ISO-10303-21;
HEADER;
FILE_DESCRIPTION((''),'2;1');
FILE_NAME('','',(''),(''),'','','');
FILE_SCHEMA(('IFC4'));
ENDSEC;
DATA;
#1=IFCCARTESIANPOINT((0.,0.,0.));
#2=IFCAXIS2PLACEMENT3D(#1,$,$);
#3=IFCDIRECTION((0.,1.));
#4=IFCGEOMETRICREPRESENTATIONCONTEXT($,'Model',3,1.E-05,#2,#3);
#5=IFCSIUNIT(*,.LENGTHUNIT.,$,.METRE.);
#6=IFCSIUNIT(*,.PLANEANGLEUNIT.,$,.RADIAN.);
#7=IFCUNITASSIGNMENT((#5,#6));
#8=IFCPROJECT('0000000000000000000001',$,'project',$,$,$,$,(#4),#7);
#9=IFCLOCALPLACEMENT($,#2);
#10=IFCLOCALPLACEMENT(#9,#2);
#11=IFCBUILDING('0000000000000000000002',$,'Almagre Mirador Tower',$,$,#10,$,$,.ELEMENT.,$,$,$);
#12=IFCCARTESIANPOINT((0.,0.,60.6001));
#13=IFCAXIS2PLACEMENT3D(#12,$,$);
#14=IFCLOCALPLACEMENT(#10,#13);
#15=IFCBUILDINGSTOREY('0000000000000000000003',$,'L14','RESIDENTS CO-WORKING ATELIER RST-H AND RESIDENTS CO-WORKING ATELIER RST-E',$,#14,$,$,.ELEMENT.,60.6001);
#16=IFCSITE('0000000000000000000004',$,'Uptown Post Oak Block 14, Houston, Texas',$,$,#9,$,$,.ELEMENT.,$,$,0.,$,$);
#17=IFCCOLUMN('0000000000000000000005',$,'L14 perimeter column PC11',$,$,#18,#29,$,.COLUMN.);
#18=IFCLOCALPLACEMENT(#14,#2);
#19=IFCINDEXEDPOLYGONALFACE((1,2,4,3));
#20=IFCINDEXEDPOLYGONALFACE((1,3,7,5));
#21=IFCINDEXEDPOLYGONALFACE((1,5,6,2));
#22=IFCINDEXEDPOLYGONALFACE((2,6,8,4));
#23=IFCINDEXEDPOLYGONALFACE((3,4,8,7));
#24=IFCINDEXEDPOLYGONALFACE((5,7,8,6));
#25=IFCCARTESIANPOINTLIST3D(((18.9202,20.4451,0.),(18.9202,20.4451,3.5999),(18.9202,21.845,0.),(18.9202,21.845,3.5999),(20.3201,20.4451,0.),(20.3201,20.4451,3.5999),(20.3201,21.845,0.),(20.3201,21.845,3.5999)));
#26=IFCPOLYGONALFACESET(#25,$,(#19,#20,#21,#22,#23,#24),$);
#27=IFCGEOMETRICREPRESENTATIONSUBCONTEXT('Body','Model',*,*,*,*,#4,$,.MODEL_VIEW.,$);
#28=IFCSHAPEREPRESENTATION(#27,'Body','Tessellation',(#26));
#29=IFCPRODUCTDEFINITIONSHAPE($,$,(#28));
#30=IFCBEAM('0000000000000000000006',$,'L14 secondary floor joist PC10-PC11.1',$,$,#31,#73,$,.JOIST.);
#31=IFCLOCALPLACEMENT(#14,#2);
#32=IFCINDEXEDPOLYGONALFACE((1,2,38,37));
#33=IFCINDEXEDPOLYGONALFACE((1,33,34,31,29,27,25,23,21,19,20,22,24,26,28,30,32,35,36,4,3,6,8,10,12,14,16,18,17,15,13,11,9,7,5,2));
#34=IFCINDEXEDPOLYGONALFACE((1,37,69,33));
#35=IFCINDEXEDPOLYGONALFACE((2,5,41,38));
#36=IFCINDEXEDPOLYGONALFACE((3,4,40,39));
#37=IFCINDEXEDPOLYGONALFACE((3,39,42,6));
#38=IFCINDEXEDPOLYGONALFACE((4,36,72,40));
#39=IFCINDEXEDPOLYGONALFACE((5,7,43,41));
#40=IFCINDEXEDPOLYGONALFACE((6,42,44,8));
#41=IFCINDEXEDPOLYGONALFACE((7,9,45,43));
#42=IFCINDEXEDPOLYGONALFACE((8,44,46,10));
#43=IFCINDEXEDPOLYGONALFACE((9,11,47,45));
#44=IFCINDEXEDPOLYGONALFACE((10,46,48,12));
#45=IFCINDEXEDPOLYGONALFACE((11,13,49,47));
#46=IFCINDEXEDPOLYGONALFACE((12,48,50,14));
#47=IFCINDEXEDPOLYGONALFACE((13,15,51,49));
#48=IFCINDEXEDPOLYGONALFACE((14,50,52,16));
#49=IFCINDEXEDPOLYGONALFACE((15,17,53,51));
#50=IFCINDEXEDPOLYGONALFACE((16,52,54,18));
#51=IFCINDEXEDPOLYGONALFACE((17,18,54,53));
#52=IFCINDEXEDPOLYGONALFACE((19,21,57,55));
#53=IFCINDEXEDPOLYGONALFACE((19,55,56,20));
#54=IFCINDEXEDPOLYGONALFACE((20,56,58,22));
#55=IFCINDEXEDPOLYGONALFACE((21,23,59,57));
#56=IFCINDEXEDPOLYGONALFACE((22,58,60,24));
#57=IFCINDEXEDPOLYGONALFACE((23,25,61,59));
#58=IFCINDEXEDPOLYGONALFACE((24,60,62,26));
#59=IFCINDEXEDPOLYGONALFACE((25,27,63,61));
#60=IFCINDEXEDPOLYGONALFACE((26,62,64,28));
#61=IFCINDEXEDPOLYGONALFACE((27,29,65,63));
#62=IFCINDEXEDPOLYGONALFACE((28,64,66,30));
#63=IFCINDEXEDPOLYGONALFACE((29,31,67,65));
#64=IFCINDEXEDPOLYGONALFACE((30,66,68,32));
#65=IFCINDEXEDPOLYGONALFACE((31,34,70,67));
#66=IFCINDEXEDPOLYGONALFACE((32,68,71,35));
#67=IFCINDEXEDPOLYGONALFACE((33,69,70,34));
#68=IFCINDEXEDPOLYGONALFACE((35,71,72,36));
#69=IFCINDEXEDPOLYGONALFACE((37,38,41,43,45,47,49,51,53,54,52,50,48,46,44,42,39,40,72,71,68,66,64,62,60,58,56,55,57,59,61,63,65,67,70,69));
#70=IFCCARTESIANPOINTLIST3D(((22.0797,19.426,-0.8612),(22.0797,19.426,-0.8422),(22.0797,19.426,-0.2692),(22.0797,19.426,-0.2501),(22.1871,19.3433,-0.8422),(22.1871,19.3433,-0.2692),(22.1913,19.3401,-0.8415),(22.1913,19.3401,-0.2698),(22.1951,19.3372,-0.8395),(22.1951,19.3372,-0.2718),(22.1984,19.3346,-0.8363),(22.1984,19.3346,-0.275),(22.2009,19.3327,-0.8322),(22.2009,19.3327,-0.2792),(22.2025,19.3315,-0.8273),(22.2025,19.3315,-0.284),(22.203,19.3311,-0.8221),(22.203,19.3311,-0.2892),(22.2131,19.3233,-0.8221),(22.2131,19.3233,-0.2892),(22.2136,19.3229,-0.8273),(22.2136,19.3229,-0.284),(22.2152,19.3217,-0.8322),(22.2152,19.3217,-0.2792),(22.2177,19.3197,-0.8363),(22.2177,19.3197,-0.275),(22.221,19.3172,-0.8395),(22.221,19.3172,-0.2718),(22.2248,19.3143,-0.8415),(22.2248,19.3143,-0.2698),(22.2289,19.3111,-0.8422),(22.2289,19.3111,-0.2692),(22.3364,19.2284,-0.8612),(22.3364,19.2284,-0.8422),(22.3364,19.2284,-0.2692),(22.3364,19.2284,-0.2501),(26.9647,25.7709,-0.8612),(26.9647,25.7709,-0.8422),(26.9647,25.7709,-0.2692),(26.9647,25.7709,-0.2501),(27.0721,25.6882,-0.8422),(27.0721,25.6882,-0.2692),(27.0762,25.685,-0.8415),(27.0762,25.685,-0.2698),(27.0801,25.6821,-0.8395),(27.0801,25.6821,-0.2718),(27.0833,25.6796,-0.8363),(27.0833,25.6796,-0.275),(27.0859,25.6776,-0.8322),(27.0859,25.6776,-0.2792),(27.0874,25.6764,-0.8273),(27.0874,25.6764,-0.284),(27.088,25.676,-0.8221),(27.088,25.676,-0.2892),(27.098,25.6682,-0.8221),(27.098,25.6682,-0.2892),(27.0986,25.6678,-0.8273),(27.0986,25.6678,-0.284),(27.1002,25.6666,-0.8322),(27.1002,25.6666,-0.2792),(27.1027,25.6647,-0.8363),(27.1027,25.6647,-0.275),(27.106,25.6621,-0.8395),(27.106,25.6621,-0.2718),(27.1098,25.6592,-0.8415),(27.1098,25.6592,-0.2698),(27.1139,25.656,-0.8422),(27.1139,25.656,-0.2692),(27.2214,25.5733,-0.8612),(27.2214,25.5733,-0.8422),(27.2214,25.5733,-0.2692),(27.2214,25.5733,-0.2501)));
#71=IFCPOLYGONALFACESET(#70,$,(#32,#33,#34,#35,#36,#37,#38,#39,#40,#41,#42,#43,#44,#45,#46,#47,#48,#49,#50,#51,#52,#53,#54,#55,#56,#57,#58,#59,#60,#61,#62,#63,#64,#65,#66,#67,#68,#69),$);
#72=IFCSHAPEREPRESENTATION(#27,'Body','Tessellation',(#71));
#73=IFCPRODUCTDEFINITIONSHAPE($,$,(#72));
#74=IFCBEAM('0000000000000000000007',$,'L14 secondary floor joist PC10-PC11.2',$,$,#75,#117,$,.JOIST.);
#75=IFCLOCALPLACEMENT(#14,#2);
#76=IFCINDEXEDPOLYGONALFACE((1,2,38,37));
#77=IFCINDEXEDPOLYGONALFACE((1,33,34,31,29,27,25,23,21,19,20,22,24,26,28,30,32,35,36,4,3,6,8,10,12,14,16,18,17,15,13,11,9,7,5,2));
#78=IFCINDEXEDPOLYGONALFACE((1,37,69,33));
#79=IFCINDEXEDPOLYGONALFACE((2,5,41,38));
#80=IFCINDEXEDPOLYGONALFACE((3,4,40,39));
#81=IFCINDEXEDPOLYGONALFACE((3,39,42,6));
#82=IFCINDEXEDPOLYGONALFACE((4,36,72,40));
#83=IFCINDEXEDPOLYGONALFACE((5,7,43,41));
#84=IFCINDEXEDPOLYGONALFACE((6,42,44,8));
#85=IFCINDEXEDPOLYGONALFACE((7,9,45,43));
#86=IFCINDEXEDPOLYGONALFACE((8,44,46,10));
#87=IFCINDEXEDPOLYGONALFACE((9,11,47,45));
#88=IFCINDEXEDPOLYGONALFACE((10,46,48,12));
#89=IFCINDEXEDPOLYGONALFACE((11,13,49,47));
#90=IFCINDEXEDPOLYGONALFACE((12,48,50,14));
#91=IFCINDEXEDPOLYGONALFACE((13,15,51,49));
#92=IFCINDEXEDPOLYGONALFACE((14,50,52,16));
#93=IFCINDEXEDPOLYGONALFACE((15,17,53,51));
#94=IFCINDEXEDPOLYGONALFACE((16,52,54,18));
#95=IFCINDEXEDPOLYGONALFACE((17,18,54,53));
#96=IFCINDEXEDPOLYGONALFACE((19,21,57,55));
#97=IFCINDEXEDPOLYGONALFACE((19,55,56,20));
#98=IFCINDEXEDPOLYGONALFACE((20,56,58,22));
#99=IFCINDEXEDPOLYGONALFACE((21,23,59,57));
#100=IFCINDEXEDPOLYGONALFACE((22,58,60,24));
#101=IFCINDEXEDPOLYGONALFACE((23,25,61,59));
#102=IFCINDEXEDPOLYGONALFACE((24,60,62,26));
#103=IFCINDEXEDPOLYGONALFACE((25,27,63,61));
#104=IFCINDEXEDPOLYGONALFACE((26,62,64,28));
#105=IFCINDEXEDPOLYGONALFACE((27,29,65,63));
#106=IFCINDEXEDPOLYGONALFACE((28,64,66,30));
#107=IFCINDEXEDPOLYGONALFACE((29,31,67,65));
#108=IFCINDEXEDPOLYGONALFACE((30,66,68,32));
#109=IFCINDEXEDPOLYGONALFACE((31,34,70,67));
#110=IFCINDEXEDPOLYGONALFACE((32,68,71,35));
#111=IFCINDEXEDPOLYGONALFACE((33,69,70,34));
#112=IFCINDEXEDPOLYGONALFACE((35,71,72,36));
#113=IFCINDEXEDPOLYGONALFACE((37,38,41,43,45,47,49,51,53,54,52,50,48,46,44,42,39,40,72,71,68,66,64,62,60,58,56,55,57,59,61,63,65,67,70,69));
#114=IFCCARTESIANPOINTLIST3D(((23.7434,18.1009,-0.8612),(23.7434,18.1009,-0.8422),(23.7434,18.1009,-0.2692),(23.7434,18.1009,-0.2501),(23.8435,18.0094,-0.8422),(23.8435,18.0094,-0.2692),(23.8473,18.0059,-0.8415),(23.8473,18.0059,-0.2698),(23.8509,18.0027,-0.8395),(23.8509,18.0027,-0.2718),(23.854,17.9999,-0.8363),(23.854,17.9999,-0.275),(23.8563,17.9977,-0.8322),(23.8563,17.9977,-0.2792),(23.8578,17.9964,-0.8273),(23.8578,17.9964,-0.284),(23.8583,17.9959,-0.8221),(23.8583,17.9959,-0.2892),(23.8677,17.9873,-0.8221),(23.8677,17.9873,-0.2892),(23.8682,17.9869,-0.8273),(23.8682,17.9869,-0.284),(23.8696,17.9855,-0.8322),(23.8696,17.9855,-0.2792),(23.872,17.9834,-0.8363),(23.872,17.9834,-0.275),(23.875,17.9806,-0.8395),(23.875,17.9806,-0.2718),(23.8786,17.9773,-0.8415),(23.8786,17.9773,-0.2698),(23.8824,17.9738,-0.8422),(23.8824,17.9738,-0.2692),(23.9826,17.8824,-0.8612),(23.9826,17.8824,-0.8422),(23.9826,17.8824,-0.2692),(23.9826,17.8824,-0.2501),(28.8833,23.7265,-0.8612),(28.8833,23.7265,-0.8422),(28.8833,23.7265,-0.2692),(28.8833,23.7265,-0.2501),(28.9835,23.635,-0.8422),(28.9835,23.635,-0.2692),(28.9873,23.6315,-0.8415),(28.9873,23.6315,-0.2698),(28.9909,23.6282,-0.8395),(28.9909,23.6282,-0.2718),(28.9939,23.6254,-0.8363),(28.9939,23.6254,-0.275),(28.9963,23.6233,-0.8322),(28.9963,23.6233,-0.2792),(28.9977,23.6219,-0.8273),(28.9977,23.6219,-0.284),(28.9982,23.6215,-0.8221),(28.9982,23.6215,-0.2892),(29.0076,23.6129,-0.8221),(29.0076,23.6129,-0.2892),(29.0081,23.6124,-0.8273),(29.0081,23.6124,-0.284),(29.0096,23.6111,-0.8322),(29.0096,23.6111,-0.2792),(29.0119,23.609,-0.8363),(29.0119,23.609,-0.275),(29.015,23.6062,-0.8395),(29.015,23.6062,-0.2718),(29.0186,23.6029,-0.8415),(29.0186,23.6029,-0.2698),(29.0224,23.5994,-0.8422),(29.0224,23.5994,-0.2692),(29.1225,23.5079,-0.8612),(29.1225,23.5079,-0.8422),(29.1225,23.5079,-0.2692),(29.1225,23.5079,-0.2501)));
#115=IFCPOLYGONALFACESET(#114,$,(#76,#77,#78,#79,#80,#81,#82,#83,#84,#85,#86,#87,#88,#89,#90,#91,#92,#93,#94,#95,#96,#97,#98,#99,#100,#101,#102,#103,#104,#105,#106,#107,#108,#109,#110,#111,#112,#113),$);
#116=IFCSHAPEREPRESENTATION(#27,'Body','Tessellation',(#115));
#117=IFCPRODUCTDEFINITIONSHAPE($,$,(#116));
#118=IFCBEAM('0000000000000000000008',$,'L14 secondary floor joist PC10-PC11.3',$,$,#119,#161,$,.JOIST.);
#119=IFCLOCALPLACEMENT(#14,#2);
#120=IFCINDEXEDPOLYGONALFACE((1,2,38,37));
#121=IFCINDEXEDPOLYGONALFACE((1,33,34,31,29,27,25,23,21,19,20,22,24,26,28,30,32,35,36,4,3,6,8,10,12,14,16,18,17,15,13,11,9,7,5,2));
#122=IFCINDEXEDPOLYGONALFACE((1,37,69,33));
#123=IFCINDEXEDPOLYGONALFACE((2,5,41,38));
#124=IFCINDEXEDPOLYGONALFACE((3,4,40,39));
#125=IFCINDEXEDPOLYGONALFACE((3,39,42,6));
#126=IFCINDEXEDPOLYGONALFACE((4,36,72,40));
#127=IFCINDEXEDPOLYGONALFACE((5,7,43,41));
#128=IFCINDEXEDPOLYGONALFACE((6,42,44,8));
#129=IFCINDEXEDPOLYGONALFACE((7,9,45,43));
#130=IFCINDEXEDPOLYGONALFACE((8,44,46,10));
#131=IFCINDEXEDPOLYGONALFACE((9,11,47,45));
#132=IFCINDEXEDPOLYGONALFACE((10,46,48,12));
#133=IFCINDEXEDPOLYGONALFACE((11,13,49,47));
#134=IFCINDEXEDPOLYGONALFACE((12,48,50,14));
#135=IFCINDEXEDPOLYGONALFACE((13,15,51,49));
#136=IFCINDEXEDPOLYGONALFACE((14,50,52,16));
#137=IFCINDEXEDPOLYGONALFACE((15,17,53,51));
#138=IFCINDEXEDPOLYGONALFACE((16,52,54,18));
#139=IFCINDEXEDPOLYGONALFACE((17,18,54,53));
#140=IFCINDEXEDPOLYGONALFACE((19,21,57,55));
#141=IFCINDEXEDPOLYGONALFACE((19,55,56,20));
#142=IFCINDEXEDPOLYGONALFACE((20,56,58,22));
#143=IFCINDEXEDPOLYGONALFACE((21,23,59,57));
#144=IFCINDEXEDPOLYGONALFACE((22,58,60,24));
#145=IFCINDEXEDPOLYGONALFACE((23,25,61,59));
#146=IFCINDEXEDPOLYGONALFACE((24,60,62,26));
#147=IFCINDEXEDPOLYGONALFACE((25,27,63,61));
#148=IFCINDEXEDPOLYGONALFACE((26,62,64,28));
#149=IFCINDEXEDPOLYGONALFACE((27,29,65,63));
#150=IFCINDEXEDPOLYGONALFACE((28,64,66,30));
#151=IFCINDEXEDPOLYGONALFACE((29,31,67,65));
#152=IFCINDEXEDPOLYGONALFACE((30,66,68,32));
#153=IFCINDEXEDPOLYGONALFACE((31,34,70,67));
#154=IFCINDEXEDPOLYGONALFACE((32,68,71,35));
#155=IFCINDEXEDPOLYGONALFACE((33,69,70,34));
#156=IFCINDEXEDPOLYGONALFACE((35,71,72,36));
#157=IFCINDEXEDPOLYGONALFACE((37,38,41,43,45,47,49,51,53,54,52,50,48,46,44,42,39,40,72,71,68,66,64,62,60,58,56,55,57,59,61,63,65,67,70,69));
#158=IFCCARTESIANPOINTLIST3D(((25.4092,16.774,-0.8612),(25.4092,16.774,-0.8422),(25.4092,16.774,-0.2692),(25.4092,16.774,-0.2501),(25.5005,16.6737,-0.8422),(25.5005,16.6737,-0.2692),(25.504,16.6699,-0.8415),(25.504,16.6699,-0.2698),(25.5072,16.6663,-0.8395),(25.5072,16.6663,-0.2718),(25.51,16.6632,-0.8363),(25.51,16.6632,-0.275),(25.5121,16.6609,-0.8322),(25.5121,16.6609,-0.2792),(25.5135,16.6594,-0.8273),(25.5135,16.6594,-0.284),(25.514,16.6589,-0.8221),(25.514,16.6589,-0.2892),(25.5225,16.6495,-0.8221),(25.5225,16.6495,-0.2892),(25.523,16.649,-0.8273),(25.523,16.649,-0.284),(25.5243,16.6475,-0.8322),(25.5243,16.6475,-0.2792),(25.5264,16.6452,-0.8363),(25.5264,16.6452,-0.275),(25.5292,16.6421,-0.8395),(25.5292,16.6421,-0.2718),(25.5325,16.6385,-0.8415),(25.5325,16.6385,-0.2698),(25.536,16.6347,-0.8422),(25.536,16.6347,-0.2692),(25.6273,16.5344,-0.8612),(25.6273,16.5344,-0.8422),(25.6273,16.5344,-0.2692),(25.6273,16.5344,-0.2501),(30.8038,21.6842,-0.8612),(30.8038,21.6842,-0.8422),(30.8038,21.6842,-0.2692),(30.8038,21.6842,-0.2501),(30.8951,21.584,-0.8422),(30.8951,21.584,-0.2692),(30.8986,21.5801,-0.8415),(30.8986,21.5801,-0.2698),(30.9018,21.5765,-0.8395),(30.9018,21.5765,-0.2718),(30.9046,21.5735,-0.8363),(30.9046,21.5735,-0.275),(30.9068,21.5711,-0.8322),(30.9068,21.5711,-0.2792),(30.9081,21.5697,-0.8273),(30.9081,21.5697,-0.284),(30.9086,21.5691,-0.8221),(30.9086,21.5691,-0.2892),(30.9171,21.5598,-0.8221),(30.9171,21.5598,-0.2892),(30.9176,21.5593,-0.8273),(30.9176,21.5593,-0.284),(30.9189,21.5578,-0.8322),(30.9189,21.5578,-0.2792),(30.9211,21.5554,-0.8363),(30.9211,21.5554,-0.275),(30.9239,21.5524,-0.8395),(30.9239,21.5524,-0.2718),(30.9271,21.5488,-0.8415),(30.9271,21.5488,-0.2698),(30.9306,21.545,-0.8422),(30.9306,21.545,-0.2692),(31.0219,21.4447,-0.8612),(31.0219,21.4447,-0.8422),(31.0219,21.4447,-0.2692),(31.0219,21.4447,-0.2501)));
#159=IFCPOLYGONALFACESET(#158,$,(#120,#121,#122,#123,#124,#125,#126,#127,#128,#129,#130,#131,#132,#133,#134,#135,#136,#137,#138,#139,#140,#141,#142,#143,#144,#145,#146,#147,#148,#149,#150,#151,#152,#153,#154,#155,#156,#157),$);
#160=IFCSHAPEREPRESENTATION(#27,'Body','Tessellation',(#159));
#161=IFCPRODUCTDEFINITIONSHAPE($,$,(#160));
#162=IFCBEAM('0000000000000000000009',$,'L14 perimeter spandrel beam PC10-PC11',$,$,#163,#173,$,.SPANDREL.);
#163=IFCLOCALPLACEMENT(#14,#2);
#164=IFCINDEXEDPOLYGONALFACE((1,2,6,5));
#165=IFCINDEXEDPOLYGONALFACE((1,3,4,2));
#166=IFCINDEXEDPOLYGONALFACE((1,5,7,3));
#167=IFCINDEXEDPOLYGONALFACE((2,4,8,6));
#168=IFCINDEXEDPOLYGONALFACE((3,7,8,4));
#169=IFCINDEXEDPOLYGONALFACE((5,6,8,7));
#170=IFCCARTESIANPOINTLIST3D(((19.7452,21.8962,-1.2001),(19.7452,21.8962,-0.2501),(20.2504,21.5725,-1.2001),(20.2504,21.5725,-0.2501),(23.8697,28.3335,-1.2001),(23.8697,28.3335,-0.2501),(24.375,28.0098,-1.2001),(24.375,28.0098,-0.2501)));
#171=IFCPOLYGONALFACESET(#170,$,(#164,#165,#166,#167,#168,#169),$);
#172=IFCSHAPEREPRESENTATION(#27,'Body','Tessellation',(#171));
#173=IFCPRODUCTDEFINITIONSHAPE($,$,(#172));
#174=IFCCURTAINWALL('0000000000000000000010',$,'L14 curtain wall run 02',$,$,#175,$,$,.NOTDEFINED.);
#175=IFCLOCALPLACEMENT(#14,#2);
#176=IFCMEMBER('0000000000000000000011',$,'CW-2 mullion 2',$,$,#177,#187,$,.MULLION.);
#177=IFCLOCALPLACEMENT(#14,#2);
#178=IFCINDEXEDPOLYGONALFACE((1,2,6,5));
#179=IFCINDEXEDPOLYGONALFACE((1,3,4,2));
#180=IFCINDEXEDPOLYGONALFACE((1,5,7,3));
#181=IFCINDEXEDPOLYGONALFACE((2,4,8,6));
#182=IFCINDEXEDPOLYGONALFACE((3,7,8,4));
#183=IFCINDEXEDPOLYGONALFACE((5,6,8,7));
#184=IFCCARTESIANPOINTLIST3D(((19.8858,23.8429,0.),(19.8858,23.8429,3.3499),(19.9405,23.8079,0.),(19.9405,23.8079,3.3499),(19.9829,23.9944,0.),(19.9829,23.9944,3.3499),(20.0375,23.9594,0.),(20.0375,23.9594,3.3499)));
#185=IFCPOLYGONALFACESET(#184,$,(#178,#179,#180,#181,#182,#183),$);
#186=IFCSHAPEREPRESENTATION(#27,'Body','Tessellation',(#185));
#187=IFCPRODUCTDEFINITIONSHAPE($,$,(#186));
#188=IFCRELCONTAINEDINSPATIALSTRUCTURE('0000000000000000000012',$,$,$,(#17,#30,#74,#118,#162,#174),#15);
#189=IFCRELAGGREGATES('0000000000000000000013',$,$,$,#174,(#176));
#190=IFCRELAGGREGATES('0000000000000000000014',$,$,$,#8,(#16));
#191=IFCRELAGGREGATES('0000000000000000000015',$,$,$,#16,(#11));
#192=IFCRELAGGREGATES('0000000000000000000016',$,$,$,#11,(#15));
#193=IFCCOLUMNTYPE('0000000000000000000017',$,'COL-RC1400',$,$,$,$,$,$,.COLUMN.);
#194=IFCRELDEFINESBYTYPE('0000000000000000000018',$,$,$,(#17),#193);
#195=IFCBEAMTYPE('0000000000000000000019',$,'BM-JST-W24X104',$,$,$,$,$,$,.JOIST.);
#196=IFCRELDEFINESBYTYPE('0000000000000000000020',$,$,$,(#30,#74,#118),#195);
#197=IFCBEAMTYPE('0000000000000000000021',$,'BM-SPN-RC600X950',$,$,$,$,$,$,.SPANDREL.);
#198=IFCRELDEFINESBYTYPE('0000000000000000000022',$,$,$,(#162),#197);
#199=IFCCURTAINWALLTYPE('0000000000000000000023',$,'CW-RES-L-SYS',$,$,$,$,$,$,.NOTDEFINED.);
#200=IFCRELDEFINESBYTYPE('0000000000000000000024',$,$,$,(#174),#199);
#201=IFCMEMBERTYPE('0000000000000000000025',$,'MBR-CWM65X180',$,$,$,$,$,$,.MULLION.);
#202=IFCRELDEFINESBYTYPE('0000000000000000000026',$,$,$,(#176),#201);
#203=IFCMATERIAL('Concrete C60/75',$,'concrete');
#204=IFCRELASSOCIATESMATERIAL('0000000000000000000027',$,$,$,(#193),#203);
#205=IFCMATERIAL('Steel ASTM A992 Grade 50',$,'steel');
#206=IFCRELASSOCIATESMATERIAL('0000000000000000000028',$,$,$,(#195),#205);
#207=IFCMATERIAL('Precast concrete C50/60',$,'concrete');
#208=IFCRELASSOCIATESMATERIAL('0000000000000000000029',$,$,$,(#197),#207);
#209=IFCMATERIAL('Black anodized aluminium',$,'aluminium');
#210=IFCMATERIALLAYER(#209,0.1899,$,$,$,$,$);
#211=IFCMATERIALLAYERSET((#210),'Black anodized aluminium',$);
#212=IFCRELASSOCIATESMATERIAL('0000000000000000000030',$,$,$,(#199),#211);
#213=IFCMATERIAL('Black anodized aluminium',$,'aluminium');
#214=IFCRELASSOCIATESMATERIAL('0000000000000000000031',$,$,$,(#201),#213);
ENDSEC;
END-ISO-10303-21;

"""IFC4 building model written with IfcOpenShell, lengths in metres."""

from ifc_helpers import new_model, si_unit, direction, frame, origin, origin_2d, place, context, subcontext, project, spatial, rectangle, i_section, extrude, material, layer, layer_set, material_profile, profile_set, type_object, element, aggregate, save


model = new_model("IFC4")

# Units and contexts
model_context = context("Model", 3, precision=1e-05, world=origin(), true_north=direction((0.0, 1.0)))
body_context = subcontext(model_context, "Body", "Model", "MODEL_VIEW")
ifc_project = project(units=[si_unit("LENGTHUNIT", "METRE"), si_unit("PLANEANGLEUNIT", "RADIAN")], contexts=[model_context])

# Site, building, storey
site_placement = place(None, origin())
site = spatial("IfcSite", under=ifc_project, at=site_placement, Name="Uptown Post Oak Block 14, Houston, Texas", CompositionType="ELEMENT", RefElevation=0.0)
building_placement = place(site_placement, origin())
building = spatial("IfcBuilding", under=site, at=building_placement, Name="Almagre Mirador Tower", CompositionType="ELEMENT")
storey_placement = place(building_placement, frame((0.0, 0.0, 60.6001)))
storey = spatial("IfcBuildingStorey", under=building, at=storey_placement, Name="L14", Description="RESIDENTS CO-WORKING ATELIER RST-H AND RESIDENTS CO-WORKING ATELIER RST-E", CompositionType="ELEMENT", Elevation=60.6001)

# Column
ifc_material_1 = material(Name="Concrete C60/75", Category="concrete")
ifc_material_profile_1 = material_profile(ifc_material_1, rectangle(XDim=1.3999, YDim=1.3999, at=origin_2d()), Name="RC1400X1400")
ifc_profile_set_1 = profile_set([ifc_material_profile_1], Name="Concrete C60/75")
column_type = type_object("IfcColumnType", Name="COL-RC1400", PredefinedType="COLUMN", material=ifc_profile_set_1)
column_placement = place(storey_placement, frame((19.6201, 21.145, 0.0), z_axis=(0.0, 0.0, 1.0), x_axis=(1.0, 0.0, 0.0)))
element("IfcColumn", 1, at=column_placement, inside=storey, type_object=column_type, Name="L14 perimeter column PC11", PredefinedType="COLUMN", context=body_context, shape_type="SweptSolid", body=[
    extrude(rectangle(XDim=1.3999, YDim=1.3999, at=origin_2d()), origin(), (0.0, 0.0, 1.0), 3.5999),
])

# Beams
ifc_material_2 = material(Name="Steel ASTM A992 Grade 50", Category="steel")
ifc_material_profile_2 = material_profile(ifc_material_2, i_section(OverallWidth=0.324, OverallDepth=0.6111, WebThickness=0.0127, FlangeThickness=0.019, FilletRadius=0.02, at=origin_2d()), Name="W24X104")
ifc_profile_set_2 = profile_set([ifc_material_profile_2], Name="Steel ASTM A992 Grade 50")
beam_type_1 = type_object("IfcBeamType", Name="BM-JST-W24X104", PredefinedType="JOIST", material=ifc_profile_set_2)
beam_1_placement = place(storey_placement, frame((27.093, 25.6721, -0.5557), z_axis=(-0.610045, -0.792367, 0.0), x_axis=(0.792367, -0.610045, 0.0)))
element("IfcBeam", 2, at=beam_1_placement, inside=storey, type_object=beam_type_1, Name="L14 secondary floor joist PC10-PC11.1", PredefinedType="JOIST", context=body_context, shape_type="SweptSolid", body=[
    extrude(i_section(OverallWidth=0.324, OverallDepth=0.6111, WebThickness=0.0127, FlangeThickness=0.019, FilletRadius=0.02, at=origin_2d()), origin(), (0.0, 0.0, 1.0), 8.0076),
])
beam_2_placement = place(storey_placement, frame((29.0029, 23.6172, -0.5557), z_axis=(-0.674525, -0.738252, 0.0), x_axis=(0.738252, -0.674525, 0.0)))
element("IfcBeam", 3, at=beam_2_placement, inside=storey, type_object=beam_type_1, Name="L14 secondary floor joist PC10-PC11.2", PredefinedType="JOIST", context=body_context, shape_type="SweptSolid", body=[
    extrude(i_section(OverallWidth=0.324, OverallDepth=0.6111, WebThickness=0.0127, FlangeThickness=0.019, FilletRadius=0.02, at=origin_2d()), origin(), (0.0, 0.0, 1.0), 7.6201),
])
beam_3_placement = place(storey_placement, frame((30.9128, 21.5645, -0.5557), z_axis=(-0.739528, -0.673126, 0.0), x_axis=(0.673126, -0.739528, 0.0)))
element("IfcBeam", 4, at=beam_3_placement, inside=storey, type_object=beam_type_1, Name="L14 secondary floor joist PC10-PC11.3", PredefinedType="JOIST", context=body_context, shape_type="SweptSolid", body=[
    extrude(i_section(OverallWidth=0.324, OverallDepth=0.6111, WebThickness=0.0127, FlangeThickness=0.019, FilletRadius=0.02, at=origin_2d()), origin(), (0.0, 0.0, 1.0), 7.2947),
])
ifc_material_3 = material(Name="Precast concrete C50/60", Category="concrete")
ifc_material_profile_3 = material_profile(ifc_material_3, rectangle(XDim=0.6001, YDim=0.95, at=origin_2d()), Name="RC600X950")
ifc_profile_set_3 = profile_set([ifc_material_profile_3], Name="Precast concrete C50/60")
beam_type_2 = type_object("IfcBeamType", Name="BM-SPN-RC600X950", PredefinedType="SPANDREL", material=ifc_profile_set_3)
beam_4_placement = place(storey_placement, frame((24.1223, 28.1716, -0.7251), z_axis=(-0.539487, -0.841994, 0.0), x_axis=(0.841994, -0.539487, 0.0)))
element("IfcBeam", 5, at=beam_4_placement, inside=storey, type_object=beam_type_2, Name="L14 perimeter spandrel beam PC10-PC11", PredefinedType="SPANDREL", context=body_context, shape_type="SweptSolid", body=[
    extrude(rectangle(XDim=0.6001, YDim=0.95, at=origin_2d()), origin(), (0.0, 0.0, 1.0), 7.6453),
])

# Curtain wall, member
ifc_material_4 = material(Name="Black anodized aluminium", Category="aluminium")
ifc_layer_1 = layer(ifc_material_4, 0.1899)
ifc_layer_set_1 = layer_set([ifc_layer_1], Name="Black anodized aluminium")
curtain_wall_type = type_object("IfcCurtainWallType", Name="CW-RES-L-SYS", PredefinedType="NOTDEFINED", material=ifc_layer_set_1)
curtain_wall_placement = place(storey_placement, origin())
curtain_wall = element("IfcCurtainWall", 6, at=curtain_wall_placement, inside=storey, type_object=curtain_wall_type, Name="L14 curtain wall run 02", PredefinedType="NOTDEFINED")
ifc_material_5 = material(Name="Black anodized aluminium", Category="aluminium")
ifc_material_profile_4 = material_profile(ifc_material_5, rectangle(XDim=0.0649, YDim=0.1799, at=origin_2d()), Name="CWM65X180")
ifc_profile_set_4 = profile_set([ifc_material_profile_4], Name="Black anodized aluminium")
member_type_1 = type_object("IfcMemberType", Name="MBR-CWM65X180", PredefinedType="MULLION", material=ifc_profile_set_4)
member_1_placement = place(storey_placement, frame((19.9617, 23.9011, 0.0), z_axis=(0.0, 0.0, 1.0), x_axis=(-0.841985, 0.539502, 0.0)))
member_1 = element("IfcMember", 7, at=member_1_placement, type_object=member_type_1, Name="CW-2 mullion 2", PredefinedType="MULLION", context=body_context, shape_type="SweptSolid", body=[
    extrude(rectangle(XDim=0.0649, YDim=0.1799, at=origin_2d()), origin(), (0.0, 0.0, 1.0), 3.3499),
])
aggregate(curtain_wall, [member_1])

save(model, "model.ifc")
